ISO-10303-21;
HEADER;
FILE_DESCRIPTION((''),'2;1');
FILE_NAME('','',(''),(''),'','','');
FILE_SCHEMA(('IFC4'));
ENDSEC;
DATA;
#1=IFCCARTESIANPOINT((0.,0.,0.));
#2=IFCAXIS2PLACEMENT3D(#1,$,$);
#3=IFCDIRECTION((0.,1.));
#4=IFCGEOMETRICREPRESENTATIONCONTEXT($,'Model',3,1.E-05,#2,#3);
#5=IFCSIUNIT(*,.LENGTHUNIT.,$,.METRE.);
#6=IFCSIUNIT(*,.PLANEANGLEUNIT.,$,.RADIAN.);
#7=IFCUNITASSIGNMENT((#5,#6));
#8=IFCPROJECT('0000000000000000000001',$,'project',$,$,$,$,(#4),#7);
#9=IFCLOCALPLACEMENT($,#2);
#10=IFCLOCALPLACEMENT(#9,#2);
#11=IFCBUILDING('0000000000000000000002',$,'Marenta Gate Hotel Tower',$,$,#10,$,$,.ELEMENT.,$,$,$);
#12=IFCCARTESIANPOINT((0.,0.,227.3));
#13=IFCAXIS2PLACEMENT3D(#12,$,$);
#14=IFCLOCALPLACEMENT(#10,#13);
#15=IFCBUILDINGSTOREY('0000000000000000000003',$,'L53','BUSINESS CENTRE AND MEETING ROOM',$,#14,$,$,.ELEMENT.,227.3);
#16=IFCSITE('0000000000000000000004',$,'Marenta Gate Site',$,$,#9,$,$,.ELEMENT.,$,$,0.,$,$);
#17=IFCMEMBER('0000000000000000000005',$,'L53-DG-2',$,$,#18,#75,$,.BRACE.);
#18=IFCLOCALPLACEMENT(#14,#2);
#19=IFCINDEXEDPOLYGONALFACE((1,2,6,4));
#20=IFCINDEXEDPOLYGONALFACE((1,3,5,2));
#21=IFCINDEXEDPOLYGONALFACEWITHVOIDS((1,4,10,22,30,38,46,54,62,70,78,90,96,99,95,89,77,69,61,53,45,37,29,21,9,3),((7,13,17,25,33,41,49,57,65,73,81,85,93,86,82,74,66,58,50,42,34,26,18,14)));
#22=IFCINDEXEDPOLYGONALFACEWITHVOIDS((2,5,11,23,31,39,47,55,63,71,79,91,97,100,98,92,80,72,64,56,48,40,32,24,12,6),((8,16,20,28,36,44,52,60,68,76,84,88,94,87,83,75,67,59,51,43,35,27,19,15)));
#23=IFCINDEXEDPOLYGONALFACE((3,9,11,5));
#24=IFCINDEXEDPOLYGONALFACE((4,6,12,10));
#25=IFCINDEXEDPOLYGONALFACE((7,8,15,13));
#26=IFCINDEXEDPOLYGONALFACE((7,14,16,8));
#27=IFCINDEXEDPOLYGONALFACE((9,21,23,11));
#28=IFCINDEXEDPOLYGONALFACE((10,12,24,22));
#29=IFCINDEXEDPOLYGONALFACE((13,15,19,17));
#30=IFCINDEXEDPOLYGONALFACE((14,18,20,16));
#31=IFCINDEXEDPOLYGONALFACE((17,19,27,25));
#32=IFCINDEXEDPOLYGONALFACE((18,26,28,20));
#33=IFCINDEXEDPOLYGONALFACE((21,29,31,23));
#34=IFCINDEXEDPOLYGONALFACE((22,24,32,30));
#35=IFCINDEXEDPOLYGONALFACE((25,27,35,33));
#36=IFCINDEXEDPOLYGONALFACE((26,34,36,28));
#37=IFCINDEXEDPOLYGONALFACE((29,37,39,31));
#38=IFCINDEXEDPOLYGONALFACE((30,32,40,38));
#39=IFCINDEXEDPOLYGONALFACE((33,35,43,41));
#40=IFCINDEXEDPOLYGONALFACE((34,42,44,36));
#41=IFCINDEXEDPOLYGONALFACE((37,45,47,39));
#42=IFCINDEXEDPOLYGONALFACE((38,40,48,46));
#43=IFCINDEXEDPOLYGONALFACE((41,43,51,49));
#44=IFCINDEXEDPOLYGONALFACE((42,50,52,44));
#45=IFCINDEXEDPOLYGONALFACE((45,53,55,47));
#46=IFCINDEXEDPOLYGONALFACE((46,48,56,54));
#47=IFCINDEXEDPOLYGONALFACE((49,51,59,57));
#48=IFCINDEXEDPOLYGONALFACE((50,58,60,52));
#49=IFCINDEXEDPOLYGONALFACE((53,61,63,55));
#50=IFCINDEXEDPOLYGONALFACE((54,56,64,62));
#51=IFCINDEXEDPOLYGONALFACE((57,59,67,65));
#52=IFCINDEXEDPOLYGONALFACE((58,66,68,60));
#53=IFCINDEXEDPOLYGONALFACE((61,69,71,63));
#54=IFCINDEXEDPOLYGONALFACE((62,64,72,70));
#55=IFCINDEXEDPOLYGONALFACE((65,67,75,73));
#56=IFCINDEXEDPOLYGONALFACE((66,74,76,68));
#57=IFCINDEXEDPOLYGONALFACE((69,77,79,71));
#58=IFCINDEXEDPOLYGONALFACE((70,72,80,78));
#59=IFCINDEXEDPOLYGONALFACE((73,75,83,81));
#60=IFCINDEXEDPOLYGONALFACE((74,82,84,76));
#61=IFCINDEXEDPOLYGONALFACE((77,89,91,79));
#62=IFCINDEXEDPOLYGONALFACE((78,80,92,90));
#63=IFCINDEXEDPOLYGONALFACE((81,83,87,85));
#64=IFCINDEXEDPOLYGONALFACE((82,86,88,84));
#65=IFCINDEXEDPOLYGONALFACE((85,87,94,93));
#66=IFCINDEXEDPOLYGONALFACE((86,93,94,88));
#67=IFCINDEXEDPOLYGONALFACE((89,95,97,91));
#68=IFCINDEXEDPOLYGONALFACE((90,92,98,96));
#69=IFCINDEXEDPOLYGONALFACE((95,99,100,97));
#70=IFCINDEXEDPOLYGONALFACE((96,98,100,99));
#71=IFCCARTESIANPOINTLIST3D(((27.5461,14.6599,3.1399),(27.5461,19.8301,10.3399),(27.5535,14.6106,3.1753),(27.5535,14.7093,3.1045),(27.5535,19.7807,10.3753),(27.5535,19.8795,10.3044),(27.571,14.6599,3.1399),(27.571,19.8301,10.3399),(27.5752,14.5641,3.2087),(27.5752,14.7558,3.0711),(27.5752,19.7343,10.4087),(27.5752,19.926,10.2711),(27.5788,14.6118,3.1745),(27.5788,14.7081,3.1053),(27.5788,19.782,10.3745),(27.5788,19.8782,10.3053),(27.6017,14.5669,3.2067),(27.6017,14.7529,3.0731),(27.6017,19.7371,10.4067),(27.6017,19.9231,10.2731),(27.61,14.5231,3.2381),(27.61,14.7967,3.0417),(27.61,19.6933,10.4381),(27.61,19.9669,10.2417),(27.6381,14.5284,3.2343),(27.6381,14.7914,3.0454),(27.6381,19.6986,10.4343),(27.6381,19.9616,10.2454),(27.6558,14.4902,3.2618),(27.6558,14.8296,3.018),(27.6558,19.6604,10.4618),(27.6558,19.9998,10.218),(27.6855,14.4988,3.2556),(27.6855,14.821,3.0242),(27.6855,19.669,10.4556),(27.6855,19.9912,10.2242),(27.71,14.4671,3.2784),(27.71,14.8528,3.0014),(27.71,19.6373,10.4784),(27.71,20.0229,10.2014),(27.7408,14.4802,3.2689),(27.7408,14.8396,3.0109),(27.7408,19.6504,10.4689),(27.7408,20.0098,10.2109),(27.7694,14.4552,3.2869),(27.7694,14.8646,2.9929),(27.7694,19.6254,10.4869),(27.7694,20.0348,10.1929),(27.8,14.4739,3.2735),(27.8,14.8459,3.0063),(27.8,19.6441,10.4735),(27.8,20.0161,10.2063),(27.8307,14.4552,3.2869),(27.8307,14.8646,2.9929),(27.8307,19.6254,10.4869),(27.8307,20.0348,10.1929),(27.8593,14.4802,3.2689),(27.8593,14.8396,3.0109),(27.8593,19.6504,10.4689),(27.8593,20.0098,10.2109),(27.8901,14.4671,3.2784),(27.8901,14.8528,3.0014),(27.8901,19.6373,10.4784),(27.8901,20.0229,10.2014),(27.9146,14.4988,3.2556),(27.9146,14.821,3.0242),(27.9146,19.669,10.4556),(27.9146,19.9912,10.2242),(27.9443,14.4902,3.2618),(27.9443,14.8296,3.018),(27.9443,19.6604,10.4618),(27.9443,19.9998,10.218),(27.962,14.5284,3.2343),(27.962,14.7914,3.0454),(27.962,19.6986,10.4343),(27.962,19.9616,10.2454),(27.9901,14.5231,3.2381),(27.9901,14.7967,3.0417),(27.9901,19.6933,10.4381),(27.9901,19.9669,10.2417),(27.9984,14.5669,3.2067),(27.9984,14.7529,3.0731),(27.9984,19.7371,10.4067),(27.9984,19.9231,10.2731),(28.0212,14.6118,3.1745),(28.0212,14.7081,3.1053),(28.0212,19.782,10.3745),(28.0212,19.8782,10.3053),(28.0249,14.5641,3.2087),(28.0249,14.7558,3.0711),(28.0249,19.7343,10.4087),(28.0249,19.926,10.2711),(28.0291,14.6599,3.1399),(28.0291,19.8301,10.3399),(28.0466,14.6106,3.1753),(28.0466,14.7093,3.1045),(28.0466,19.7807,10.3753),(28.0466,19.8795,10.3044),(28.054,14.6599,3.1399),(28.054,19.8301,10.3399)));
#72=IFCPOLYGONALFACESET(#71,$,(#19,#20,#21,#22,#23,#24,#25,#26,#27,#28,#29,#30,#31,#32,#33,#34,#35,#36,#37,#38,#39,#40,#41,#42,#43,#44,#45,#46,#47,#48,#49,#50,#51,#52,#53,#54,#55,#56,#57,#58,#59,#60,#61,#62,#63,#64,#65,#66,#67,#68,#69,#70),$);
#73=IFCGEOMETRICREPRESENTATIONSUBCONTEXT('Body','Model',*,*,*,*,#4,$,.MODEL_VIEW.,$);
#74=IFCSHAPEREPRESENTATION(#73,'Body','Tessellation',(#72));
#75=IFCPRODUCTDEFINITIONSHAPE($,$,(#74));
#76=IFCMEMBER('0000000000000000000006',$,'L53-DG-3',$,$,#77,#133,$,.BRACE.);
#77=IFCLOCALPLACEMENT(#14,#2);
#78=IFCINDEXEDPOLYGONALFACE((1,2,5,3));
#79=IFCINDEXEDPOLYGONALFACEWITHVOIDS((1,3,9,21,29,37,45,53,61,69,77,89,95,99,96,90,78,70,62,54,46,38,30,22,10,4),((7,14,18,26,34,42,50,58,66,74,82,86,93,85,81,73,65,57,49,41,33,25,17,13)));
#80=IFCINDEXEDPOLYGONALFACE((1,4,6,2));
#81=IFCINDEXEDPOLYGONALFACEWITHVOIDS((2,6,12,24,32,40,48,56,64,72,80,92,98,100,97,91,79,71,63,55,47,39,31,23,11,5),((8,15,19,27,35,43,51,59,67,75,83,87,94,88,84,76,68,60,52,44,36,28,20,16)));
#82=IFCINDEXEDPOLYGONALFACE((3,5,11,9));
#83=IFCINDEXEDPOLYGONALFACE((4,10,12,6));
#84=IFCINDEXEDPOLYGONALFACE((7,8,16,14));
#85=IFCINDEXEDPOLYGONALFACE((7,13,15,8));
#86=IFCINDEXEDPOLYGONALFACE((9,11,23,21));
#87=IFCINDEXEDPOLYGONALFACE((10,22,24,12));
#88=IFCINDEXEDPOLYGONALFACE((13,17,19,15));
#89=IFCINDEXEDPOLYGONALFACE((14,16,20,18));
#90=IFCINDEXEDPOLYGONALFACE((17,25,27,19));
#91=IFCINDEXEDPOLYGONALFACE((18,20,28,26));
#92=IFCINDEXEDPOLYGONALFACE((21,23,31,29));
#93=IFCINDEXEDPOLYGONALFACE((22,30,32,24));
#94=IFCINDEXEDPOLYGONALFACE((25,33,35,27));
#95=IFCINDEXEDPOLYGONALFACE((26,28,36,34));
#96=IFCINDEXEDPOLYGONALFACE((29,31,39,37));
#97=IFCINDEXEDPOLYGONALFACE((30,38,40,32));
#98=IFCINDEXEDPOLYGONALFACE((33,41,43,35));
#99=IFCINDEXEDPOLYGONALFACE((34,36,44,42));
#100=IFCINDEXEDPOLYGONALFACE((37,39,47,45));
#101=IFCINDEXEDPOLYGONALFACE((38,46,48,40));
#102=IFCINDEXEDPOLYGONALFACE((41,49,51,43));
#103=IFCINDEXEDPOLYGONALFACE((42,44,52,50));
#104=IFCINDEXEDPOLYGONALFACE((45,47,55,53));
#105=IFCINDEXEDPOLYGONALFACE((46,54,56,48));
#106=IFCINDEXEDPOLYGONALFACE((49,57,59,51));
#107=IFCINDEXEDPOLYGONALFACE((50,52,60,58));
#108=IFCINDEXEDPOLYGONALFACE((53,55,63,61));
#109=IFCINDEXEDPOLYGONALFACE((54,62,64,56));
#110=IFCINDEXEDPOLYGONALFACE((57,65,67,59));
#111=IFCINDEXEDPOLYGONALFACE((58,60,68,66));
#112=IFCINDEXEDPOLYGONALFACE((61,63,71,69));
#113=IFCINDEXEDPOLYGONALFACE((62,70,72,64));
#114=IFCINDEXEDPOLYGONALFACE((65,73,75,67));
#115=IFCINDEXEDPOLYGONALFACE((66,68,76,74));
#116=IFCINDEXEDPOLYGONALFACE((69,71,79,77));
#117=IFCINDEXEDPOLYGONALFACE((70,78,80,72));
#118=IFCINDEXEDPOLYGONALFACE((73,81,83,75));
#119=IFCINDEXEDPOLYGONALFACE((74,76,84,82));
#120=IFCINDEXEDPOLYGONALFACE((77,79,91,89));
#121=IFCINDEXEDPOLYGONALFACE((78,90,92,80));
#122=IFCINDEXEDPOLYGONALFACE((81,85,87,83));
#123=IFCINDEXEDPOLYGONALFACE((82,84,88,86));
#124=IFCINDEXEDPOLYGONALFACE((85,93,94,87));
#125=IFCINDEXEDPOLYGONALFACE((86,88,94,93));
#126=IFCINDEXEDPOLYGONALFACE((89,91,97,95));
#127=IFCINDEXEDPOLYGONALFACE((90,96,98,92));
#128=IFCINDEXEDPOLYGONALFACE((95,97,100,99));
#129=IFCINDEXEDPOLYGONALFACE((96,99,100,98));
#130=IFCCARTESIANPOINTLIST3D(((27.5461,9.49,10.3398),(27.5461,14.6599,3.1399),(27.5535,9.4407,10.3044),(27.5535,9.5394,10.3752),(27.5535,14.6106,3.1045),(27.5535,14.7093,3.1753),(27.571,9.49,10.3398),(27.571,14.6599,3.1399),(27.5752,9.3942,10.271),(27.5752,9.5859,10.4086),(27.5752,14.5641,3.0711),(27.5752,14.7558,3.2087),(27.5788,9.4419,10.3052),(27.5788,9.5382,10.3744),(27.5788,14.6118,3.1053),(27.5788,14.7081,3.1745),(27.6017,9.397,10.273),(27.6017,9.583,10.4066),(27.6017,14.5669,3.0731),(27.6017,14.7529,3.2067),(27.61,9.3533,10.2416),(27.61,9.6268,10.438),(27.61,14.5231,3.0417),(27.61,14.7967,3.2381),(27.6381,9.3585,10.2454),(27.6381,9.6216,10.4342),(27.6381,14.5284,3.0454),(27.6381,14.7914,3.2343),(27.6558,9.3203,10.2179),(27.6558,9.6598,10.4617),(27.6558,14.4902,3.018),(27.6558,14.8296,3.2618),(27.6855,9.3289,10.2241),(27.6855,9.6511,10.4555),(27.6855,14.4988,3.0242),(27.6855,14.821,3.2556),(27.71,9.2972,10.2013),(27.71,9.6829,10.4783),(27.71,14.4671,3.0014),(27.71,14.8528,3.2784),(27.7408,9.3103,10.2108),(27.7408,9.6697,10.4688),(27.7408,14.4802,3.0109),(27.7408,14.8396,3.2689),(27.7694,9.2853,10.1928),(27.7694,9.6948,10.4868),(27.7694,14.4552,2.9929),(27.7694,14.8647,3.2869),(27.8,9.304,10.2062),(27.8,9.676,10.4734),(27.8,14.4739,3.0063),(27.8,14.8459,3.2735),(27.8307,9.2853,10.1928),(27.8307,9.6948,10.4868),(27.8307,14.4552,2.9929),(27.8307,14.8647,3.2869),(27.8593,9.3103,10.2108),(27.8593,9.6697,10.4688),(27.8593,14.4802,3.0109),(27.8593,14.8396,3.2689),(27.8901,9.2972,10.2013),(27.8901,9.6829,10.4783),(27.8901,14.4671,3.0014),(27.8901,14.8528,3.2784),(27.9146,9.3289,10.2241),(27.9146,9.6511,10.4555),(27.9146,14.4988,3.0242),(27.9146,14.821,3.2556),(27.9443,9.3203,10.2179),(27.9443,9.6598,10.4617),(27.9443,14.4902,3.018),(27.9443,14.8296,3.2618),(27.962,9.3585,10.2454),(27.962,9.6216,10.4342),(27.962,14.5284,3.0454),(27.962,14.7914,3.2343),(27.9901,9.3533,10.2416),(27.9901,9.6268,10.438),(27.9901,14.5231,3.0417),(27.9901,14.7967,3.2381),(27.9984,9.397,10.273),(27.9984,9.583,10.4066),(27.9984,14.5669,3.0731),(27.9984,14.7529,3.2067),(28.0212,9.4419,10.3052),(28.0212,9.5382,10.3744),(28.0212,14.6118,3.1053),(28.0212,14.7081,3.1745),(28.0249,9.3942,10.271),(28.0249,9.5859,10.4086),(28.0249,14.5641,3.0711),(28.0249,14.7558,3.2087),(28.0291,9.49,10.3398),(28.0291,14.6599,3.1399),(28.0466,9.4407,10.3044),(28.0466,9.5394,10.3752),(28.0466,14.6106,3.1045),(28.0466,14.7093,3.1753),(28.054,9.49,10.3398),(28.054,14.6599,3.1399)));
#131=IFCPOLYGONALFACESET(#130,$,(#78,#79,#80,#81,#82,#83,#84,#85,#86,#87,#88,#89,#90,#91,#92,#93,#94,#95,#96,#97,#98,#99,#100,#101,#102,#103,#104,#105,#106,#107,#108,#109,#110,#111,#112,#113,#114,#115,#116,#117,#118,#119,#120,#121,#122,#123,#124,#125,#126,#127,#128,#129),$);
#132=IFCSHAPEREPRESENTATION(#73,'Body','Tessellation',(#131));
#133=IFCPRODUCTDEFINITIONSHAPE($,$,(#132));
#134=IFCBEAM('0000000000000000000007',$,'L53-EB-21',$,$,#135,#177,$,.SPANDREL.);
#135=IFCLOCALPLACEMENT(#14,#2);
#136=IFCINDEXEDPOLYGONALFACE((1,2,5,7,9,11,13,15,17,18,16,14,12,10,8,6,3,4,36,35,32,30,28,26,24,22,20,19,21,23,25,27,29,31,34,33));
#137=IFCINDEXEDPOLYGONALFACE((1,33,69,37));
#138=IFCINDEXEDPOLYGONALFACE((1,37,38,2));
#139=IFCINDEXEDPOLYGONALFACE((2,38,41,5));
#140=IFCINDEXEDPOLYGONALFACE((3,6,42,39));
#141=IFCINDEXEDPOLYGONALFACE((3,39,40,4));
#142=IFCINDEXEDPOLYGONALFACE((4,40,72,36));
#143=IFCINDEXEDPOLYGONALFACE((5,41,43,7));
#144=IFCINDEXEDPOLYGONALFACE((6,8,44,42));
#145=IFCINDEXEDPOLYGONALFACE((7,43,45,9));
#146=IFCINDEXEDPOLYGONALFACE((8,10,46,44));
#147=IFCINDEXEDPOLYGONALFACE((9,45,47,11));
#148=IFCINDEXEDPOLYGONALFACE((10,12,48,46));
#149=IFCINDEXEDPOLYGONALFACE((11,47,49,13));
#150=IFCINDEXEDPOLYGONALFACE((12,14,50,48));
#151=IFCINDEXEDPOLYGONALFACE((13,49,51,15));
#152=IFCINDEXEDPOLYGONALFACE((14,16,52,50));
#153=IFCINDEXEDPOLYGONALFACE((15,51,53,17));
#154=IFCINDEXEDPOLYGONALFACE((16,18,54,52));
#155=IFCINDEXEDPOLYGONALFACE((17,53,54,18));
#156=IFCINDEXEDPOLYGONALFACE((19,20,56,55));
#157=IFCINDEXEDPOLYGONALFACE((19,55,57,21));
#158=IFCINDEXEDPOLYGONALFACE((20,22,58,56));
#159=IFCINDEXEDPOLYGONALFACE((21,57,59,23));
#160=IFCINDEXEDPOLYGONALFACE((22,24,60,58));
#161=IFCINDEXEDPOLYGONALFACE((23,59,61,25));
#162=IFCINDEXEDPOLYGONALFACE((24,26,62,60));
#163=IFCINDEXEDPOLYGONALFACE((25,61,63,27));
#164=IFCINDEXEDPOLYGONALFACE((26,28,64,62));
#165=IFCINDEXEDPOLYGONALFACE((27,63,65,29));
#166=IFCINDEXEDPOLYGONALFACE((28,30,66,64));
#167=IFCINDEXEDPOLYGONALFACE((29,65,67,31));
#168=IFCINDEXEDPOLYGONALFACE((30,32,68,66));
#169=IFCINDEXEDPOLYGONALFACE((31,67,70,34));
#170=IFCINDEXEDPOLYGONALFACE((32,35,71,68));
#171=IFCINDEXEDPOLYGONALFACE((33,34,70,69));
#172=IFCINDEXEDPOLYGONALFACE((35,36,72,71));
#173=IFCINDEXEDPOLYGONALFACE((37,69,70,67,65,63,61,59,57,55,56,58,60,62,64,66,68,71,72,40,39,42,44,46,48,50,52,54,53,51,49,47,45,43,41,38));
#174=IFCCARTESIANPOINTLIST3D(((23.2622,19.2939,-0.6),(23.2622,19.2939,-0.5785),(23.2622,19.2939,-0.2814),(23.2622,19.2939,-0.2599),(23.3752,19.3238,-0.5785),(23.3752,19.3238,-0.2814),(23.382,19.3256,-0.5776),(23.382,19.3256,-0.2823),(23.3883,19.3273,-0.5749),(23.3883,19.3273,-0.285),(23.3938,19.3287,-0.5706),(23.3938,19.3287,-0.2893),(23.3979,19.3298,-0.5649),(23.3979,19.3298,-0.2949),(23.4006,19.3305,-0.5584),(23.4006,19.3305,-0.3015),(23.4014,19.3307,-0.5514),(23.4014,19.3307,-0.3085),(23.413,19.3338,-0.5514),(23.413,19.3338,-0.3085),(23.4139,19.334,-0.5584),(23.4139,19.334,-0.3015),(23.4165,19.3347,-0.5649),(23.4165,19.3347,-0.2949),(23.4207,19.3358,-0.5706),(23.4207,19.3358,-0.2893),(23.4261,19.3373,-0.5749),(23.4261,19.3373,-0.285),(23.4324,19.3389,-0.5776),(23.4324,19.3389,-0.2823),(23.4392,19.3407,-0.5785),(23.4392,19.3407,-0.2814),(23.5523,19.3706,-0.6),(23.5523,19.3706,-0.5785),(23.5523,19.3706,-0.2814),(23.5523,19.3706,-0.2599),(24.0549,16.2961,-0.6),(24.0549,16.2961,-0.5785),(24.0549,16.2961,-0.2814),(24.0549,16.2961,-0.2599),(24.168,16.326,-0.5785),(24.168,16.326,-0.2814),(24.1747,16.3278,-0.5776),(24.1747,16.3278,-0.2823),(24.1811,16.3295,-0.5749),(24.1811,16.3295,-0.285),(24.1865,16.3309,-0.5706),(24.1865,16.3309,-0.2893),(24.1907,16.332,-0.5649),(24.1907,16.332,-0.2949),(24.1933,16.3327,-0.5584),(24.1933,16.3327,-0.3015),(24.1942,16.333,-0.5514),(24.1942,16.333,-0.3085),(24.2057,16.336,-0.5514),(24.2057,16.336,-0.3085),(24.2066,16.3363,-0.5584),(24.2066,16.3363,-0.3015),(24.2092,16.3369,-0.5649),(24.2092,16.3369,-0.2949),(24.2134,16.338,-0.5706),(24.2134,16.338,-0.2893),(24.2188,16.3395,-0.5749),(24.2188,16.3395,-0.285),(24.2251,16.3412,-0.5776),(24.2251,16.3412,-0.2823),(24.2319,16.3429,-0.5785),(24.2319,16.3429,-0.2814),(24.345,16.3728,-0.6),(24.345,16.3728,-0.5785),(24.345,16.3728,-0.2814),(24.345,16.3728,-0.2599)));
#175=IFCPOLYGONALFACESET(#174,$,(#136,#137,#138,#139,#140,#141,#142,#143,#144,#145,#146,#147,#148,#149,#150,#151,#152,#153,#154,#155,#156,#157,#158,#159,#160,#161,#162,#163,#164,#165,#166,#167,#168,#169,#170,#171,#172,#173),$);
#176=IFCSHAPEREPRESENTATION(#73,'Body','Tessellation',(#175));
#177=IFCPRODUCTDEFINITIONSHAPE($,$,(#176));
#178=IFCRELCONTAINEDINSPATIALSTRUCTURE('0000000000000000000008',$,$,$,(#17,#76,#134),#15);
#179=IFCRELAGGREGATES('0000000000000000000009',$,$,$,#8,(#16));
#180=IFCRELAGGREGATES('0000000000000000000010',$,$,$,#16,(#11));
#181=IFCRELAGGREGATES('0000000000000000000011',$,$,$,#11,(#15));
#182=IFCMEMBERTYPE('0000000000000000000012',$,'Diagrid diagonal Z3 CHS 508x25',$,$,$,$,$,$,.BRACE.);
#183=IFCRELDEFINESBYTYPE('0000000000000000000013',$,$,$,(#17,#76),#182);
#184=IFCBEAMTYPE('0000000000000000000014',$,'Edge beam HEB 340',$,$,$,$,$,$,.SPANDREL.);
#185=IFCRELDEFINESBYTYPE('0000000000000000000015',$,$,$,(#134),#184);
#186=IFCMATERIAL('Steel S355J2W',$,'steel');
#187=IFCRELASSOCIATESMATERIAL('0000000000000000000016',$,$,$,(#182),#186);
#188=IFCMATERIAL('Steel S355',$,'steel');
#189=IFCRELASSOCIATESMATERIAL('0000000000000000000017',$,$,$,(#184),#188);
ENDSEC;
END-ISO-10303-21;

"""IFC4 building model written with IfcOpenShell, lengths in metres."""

from ifc_helpers import new_model, si_unit, direction, frame, origin, origin_2d, place, context, subcontext, project, spatial, hollow_circle, i_section, extrude, material, material_profile, profile_set, type_object, element, save


model = new_model("IFC4")

# Units and contexts
model_context = context("Model", 3, precision=1e-05, world=origin(), true_north=direction((0.0, 1.0)))
body_context = subcontext(model_context, "Body", "Model", "MODEL_VIEW")
ifc_project = project(units=[si_unit("LENGTHUNIT", "METRE"), si_unit("PLANEANGLEUNIT", "RADIAN")], contexts=[model_context])

# Site, building, storey
site_placement = place(None, origin())
site = spatial("IfcSite", under=ifc_project, at=site_placement, Name="Marenta Gate Site", CompositionType="ELEMENT", RefElevation=0.0)
building_placement = place(site_placement, origin())
building = spatial("IfcBuilding", under=site, at=building_placement, Name="Marenta Gate Hotel Tower", CompositionType="ELEMENT")
storey_placement = place(building_placement, frame((0.0, 0.0, 227.3)))
storey = spatial("IfcBuildingStorey", under=building, at=storey_placement, Name="L53", Description="BUSINESS CENTRE AND MEETING ROOM", CompositionType="ELEMENT", Elevation=227.3)

# Members
ifc_material_1 = material(Name="Steel S355J2W", Category="steel")
ifc_material_profile_1 = material_profile(ifc_material_1, hollow_circle(Radius=0.2539, WallThickness=0.0249, at=origin_2d()), Name="CHS 508x25")
ifc_profile_set_1 = profile_set([ifc_material_profile_1], Name="Steel S355J2W")
member_type_1 = type_object("IfcMemberType", Name="Diagrid diagonal Z3 CHS 508x25", PredefinedType="BRACE", material=ifc_profile_set_1)
member_1_placement = place(storey_placement, frame((27.8, 14.6599, 3.1399), z_axis=(0.0, 0.583279, 0.812272), x_axis=(-1.0, 0.0, 0.0)))
element("IfcMember", 1, at=member_1_placement, inside=storey, type_object=member_type_1, Name="L53-DG-2", PredefinedType="BRACE", context=body_context, shape_type="SweptSolid", body=[
    extrude(hollow_circle(Radius=0.2539, WallThickness=0.0249, at=origin_2d()), origin(), (0.0, 0.0, 1.0), 8.864),
])
member_2_placement = place(storey_placement, frame((27.8, 14.6599, 3.1399), z_axis=(0.0, -0.583261, 0.812285), x_axis=(1.0, 0.0, 0.0)))
element("IfcMember", 2, at=member_2_placement, inside=storey, type_object=member_type_1, Name="L53-DG-3", PredefinedType="BRACE", context=body_context, shape_type="SweptSolid", body=[
    extrude(hollow_circle(Radius=0.2539, WallThickness=0.0249, at=origin_2d()), origin(), (0.0, 0.0, 1.0), 8.8638),
])

# Beam
ifc_material_2 = material(Name="Steel S355", Category="steel")
ifc_material_profile_2 = material_profile(ifc_material_2, i_section(OverallWidth=0.3, OverallDepth=0.3401, WebThickness=0.012, FlangeThickness=0.0215, FilletRadius=0.0271, at=origin_2d()), Name="HEB 340")
ifc_profile_set_2 = profile_set([ifc_material_profile_2], Name="Steel S355")
beam_type = type_object("IfcBeamType", Name="Edge beam HEB 340", PredefinedType="SPANDREL", material=ifc_profile_set_2)
beam_1_placement = place(storey_placement, frame((23.4072, 19.3323, -0.4299), z_axis=(0.255648, -0.96677, 0.0), x_axis=(0.96677, 0.255648, 0.0)))
element("IfcBeam", 3, at=beam_1_placement, inside=storey, type_object=beam_type, Name="L53-EB-21", PredefinedType="SPANDREL", context=body_context, shape_type="SweptSolid", body=[
    extrude(i_section(OverallWidth=0.3, OverallDepth=0.3401, WebThickness=0.012, FlangeThickness=0.0215, FilletRadius=0.0271, at=origin_2d()), origin(), (0.0, 0.0, 1.0), 3.1008),
])

save(model, "model.ifc")
